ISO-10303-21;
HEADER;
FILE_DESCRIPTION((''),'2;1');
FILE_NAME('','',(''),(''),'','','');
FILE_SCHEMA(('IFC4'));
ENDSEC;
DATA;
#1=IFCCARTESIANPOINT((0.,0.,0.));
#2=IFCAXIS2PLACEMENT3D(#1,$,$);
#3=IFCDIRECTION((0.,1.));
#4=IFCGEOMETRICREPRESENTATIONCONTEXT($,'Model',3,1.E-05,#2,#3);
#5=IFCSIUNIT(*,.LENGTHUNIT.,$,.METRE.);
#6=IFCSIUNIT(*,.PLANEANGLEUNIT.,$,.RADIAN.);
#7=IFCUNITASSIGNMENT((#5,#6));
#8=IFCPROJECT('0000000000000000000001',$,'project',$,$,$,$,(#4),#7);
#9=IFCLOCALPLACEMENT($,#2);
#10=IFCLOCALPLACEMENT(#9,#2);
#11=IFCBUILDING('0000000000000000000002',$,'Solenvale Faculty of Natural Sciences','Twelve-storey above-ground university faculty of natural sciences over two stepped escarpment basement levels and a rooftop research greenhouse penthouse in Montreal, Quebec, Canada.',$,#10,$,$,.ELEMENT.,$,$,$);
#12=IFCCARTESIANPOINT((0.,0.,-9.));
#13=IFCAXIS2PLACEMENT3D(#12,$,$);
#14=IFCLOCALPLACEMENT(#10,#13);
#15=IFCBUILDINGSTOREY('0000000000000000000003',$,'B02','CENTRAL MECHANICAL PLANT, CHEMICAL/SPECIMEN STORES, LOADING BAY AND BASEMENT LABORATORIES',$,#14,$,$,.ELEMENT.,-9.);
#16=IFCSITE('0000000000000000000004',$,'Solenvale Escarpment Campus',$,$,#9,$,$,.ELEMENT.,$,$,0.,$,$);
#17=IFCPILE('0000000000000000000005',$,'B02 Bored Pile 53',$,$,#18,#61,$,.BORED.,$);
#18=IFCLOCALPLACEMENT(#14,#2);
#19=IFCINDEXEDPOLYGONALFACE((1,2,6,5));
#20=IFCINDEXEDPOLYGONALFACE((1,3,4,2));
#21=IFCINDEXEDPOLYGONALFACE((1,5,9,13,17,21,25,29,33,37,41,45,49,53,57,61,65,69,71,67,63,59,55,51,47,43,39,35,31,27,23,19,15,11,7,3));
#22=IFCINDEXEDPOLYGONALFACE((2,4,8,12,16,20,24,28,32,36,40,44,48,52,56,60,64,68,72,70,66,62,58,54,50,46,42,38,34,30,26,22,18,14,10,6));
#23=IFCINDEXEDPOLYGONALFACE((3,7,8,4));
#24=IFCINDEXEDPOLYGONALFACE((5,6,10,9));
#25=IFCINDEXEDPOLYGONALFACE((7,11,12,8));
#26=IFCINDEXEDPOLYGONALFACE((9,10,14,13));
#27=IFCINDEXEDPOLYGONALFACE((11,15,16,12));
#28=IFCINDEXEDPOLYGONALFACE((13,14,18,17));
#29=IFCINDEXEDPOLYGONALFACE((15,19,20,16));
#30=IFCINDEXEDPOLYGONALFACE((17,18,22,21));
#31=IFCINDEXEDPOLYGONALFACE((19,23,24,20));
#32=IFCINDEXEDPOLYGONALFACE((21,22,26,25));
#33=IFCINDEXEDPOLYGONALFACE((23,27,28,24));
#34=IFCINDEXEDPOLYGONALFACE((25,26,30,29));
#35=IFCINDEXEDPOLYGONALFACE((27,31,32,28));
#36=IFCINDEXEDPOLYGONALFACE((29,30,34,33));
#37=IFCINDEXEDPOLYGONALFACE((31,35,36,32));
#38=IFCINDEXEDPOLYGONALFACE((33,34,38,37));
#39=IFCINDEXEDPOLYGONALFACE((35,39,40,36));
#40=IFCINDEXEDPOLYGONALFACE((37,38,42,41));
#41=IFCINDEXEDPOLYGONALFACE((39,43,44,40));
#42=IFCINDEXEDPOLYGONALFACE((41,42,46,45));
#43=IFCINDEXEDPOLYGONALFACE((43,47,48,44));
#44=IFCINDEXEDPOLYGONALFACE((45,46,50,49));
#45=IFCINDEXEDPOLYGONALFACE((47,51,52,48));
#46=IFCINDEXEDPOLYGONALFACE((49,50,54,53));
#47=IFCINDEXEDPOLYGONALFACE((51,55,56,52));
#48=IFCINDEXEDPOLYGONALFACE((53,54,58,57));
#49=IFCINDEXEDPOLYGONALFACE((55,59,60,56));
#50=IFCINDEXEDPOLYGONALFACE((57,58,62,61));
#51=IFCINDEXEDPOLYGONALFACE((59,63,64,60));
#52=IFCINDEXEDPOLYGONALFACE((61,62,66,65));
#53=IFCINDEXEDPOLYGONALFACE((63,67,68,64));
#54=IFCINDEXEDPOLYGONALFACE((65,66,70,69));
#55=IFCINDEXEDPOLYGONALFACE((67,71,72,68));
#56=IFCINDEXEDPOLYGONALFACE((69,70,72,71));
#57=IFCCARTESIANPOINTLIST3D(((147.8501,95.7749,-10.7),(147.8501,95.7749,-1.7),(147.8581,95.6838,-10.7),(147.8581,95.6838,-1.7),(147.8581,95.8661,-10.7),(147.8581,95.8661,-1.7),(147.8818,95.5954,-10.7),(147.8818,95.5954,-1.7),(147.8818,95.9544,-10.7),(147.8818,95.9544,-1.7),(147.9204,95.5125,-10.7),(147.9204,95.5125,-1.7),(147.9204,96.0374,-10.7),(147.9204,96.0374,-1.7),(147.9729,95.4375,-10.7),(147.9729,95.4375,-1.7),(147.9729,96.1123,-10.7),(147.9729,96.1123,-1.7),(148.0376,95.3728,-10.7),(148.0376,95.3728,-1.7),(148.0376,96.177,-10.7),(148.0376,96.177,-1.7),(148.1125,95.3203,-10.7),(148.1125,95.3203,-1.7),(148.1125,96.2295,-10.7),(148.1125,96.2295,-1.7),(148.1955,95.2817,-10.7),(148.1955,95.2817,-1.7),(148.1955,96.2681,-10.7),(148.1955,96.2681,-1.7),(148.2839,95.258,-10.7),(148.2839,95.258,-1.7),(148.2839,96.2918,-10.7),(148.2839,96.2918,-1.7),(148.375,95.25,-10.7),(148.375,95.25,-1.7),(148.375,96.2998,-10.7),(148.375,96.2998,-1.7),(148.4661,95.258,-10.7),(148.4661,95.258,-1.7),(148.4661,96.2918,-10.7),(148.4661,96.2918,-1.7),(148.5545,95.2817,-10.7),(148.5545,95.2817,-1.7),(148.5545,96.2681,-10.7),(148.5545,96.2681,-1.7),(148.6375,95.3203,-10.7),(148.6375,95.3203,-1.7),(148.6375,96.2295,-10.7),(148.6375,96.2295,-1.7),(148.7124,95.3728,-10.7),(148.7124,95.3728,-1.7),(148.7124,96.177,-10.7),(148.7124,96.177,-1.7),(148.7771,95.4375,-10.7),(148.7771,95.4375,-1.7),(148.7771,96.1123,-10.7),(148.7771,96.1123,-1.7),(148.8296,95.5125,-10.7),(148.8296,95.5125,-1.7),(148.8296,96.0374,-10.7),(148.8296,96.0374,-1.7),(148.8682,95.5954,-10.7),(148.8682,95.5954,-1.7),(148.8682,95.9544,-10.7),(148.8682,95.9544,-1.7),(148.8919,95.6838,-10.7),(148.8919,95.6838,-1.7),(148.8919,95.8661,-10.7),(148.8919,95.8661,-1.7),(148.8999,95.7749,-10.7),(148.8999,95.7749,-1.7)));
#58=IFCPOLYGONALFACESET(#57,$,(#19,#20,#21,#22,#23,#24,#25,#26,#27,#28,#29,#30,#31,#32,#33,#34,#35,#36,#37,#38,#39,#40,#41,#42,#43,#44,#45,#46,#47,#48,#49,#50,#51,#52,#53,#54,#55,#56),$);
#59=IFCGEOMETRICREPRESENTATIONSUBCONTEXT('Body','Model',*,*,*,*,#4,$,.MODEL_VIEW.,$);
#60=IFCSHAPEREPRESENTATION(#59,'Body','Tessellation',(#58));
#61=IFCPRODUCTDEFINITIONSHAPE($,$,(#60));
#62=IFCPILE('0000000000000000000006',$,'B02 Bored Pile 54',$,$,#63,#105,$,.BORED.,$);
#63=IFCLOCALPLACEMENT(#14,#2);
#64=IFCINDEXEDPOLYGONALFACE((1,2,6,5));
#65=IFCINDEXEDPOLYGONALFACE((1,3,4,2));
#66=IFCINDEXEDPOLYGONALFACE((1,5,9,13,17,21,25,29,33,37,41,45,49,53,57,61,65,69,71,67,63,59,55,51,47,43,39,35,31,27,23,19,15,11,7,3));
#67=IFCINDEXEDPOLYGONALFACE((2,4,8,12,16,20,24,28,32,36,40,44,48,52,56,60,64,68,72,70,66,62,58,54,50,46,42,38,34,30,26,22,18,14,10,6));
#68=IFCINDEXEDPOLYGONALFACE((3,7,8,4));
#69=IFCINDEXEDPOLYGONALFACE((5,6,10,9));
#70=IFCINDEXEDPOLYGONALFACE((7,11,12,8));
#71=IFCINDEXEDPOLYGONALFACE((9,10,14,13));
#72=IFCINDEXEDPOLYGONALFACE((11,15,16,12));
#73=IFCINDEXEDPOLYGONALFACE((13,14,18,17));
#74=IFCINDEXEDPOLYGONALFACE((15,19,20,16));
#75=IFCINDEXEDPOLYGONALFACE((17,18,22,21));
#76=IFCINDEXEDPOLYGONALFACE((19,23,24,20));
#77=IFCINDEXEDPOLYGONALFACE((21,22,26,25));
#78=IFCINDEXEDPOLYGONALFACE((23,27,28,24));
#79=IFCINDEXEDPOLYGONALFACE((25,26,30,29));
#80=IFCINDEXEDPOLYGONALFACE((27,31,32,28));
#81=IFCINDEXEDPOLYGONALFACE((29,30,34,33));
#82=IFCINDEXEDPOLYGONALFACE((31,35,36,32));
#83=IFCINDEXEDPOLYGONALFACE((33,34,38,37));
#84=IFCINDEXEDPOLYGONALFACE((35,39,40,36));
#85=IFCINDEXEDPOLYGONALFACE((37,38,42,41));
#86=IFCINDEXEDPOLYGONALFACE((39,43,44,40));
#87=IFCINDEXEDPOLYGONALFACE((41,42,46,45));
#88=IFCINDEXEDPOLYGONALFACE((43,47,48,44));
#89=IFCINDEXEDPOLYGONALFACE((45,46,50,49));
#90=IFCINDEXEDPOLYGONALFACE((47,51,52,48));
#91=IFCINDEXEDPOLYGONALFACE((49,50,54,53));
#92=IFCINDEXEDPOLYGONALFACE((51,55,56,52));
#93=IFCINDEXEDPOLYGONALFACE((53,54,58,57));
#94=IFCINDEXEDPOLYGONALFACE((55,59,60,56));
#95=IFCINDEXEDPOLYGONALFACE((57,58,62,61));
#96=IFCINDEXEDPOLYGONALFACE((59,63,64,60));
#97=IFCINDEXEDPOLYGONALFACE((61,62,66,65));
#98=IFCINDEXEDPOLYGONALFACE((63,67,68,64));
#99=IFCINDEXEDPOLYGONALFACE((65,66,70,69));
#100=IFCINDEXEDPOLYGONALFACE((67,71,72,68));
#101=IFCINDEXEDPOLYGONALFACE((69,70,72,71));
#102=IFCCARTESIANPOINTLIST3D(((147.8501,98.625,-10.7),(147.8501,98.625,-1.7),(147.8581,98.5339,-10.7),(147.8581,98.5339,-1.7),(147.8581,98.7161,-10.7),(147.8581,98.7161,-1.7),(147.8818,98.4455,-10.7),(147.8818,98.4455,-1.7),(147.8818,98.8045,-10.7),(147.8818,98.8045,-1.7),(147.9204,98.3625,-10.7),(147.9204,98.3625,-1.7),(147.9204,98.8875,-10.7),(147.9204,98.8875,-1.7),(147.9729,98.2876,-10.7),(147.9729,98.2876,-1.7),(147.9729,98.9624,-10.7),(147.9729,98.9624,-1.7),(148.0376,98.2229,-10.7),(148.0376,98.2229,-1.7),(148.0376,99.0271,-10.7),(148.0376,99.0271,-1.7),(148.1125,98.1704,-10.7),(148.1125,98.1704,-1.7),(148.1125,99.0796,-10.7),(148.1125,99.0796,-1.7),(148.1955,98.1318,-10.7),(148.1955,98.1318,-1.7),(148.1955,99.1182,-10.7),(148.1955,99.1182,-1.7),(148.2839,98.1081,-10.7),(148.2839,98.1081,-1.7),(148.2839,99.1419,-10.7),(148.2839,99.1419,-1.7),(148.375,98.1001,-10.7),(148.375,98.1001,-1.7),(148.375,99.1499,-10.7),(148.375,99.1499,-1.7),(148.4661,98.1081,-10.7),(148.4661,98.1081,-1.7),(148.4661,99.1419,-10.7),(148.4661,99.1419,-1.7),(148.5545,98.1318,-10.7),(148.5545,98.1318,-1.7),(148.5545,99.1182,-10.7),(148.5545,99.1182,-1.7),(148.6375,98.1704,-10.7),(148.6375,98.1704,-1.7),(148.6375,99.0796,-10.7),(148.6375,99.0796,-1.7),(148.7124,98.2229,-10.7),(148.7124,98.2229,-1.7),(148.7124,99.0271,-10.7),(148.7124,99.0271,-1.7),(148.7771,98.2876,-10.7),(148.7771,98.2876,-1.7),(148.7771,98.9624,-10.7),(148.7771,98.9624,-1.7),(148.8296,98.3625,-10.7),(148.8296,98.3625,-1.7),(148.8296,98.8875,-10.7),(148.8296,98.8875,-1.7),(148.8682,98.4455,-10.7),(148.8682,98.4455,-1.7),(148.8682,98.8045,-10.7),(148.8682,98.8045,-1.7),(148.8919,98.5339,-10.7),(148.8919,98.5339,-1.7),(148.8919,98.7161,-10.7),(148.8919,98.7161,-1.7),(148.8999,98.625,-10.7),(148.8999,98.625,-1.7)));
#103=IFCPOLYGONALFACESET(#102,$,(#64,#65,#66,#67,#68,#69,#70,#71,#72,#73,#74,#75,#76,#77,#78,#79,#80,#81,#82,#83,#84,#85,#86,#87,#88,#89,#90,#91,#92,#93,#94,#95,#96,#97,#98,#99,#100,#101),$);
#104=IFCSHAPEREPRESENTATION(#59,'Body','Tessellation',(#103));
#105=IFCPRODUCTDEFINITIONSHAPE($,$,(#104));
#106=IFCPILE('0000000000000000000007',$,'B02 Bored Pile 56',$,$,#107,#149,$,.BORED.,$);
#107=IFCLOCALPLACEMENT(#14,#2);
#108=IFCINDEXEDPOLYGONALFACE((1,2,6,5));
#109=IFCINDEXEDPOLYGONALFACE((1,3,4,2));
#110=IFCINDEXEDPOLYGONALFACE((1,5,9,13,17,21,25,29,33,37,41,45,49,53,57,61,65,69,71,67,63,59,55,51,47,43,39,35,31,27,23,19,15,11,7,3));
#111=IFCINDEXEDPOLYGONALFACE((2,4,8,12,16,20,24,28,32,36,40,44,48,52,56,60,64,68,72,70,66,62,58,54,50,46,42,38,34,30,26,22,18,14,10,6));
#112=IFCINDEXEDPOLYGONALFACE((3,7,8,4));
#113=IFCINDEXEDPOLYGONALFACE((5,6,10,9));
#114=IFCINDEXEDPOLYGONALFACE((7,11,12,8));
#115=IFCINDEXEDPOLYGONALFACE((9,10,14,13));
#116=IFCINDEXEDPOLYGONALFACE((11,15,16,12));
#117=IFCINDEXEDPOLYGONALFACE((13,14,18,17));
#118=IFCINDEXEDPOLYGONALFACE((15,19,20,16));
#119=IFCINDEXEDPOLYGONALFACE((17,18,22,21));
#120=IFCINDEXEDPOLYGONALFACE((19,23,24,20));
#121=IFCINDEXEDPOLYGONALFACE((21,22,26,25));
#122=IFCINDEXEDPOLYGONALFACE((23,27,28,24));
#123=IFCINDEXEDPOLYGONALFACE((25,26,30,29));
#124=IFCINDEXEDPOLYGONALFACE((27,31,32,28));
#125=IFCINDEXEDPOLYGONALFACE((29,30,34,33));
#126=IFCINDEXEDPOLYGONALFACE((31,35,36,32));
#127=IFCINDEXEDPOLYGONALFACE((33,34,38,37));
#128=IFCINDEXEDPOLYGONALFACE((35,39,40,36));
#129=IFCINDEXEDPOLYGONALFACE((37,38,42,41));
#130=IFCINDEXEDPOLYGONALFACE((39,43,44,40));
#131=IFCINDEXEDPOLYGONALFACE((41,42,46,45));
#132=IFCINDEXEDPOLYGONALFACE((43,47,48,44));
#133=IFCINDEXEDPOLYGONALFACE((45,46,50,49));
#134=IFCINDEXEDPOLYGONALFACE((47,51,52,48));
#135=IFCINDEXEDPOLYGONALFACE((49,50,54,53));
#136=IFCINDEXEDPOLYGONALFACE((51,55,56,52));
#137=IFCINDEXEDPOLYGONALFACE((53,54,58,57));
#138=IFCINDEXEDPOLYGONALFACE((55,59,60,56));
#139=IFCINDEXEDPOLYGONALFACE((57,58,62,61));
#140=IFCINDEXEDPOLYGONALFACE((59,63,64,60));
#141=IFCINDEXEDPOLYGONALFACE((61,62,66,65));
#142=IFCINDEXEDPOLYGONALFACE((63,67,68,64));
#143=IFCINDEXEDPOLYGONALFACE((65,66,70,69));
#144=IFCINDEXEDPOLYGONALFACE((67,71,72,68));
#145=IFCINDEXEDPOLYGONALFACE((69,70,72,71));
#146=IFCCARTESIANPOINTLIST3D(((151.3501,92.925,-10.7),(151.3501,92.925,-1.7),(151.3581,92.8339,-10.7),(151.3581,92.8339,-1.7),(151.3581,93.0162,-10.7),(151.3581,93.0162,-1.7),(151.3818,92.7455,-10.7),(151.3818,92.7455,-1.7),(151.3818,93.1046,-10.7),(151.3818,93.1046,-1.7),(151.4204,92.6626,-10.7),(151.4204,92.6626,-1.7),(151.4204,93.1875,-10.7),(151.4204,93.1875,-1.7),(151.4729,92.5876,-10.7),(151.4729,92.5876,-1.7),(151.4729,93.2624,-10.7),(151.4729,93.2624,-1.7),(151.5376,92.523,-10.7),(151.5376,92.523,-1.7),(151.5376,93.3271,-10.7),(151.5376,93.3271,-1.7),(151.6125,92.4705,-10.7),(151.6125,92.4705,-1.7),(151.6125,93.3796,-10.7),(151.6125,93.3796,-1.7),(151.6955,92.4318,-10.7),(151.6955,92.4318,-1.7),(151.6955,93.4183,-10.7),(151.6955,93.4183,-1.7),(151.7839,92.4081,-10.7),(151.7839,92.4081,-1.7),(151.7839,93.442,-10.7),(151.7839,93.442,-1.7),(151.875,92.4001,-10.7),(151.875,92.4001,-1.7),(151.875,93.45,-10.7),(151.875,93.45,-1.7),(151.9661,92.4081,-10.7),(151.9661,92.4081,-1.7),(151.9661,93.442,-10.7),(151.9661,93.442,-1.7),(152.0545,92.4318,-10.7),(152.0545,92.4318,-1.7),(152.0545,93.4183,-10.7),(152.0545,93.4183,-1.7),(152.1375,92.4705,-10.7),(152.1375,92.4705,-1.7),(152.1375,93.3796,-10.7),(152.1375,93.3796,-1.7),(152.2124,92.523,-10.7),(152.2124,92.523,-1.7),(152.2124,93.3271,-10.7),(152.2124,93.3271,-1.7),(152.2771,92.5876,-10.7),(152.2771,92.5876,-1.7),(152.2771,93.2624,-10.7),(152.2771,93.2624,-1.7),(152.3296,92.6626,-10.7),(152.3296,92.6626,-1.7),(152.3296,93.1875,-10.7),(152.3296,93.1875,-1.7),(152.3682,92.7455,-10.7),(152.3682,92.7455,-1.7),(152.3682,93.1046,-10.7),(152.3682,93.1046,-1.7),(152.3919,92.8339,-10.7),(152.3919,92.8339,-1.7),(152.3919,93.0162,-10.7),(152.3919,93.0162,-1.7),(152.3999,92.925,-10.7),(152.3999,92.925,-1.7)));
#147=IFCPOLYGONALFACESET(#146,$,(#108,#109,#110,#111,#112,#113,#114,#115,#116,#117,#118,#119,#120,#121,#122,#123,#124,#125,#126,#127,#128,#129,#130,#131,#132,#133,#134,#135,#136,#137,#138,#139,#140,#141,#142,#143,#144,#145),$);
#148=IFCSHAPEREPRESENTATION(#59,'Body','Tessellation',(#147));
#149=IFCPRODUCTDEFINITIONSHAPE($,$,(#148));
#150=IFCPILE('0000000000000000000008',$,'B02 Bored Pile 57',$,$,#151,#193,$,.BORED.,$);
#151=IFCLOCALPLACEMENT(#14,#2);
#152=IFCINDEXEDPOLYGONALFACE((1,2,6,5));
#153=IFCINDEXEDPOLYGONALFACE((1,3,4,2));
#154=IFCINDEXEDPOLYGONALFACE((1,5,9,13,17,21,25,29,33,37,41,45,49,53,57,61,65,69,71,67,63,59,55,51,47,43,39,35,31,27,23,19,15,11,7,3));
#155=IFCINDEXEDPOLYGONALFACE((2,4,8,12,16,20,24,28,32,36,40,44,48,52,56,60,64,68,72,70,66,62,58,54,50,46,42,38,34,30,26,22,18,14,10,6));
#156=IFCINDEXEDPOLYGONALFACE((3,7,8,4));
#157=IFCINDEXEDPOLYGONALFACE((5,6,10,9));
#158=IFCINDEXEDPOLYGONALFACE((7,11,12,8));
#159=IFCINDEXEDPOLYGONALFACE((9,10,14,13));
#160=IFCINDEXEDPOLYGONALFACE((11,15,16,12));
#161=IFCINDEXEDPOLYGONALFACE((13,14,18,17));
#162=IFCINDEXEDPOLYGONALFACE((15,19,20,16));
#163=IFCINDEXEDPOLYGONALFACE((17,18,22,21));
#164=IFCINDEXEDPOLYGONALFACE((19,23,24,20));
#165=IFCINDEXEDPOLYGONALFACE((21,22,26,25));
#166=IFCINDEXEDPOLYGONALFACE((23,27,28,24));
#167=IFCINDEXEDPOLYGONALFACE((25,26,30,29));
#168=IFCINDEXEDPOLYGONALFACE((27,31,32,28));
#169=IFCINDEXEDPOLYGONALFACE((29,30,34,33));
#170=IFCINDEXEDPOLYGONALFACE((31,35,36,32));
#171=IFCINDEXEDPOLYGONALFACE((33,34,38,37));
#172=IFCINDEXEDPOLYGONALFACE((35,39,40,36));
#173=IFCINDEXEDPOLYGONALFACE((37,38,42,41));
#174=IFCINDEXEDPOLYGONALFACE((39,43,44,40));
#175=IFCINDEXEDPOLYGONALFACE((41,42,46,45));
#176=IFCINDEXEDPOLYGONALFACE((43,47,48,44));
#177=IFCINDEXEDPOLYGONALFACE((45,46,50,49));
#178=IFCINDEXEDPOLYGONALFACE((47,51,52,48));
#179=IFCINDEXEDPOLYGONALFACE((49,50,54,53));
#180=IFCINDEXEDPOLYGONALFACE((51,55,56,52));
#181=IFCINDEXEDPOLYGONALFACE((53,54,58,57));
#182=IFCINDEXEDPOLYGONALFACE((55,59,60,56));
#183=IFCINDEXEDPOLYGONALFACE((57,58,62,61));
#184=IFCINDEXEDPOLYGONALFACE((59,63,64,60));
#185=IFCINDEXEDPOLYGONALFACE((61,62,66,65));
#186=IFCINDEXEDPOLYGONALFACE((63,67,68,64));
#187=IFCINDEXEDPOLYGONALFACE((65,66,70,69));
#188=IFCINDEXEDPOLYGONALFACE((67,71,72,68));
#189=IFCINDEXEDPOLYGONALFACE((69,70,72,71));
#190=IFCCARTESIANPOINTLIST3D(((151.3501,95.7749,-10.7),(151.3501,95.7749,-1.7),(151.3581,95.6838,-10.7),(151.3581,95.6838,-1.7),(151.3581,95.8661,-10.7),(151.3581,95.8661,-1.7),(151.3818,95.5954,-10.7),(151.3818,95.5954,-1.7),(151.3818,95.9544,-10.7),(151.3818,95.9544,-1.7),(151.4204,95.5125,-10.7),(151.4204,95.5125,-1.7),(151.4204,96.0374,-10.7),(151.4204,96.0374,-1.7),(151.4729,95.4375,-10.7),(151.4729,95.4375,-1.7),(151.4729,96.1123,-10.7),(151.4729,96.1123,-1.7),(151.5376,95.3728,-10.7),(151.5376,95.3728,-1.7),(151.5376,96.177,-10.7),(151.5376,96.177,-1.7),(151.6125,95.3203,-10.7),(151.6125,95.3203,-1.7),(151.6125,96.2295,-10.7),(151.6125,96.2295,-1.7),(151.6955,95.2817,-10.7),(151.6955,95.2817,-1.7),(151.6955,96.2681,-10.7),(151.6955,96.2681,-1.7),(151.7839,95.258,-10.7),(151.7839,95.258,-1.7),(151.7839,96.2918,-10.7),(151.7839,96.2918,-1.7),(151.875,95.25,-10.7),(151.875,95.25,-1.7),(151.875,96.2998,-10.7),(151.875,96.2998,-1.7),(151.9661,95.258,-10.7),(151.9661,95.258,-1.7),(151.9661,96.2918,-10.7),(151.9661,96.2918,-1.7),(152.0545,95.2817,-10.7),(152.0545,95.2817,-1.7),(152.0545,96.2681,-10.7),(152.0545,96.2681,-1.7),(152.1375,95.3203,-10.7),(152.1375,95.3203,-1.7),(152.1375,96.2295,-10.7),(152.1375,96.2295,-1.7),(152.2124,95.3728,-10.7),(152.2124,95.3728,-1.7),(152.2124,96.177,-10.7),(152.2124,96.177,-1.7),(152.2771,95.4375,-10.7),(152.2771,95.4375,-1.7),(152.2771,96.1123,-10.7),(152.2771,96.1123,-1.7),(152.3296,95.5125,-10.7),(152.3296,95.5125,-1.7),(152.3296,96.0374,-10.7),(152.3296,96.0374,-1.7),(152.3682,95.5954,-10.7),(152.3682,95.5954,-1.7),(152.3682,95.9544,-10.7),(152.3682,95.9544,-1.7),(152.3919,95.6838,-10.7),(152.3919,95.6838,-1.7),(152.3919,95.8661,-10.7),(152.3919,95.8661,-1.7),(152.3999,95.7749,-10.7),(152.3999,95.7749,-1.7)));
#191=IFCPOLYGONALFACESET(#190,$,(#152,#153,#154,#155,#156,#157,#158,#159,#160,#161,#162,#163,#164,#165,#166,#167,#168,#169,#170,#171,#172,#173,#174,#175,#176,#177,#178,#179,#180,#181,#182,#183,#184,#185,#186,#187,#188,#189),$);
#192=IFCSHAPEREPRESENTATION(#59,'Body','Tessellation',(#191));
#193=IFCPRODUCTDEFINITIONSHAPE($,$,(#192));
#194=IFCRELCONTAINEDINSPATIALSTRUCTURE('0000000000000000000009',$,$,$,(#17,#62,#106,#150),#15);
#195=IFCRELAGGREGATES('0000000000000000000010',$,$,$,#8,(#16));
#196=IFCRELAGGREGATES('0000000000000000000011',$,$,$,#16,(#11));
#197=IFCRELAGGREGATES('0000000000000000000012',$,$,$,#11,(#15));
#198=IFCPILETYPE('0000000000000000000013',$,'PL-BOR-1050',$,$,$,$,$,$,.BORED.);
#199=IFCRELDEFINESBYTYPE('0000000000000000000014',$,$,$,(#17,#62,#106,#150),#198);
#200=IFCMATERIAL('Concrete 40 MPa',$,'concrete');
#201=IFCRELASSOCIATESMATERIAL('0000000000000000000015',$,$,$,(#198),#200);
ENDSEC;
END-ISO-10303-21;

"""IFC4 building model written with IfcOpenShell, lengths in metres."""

from ifc_helpers import new_model, si_unit, direction, frame, origin, origin_2d, place, context, subcontext, project, spatial, circle, extrude, material, material_profile, profile_set, type_object, element, save


model = new_model("IFC4")

# Units and contexts
model_context = context("Model", 3, precision=1e-05, world=origin(), true_north=direction((0.0, 1.0)))
body_context = subcontext(model_context, "Body", "Model", "MODEL_VIEW")
ifc_project = project(units=[si_unit("LENGTHUNIT", "METRE"), si_unit("PLANEANGLEUNIT", "RADIAN")], contexts=[model_context])

# Site, building, storey
site_placement = place(None, origin())
site = spatial("IfcSite", under=ifc_project, at=site_placement, Name="Solenvale Escarpment Campus", CompositionType="ELEMENT", RefElevation=0.0)
building_placement = place(site_placement, origin())
building = spatial("IfcBuilding", under=site, at=building_placement, Name="Solenvale Faculty of Natural Sciences", Description="Twelve-storey above-ground university faculty of natural sciences over two stepped escarpment basement levels and a rooftop research greenhouse penthouse in Montreal, Quebec, Canada.", CompositionType="ELEMENT")
storey_placement = place(building_placement, frame((0.0, 0.0, -9.0)))
storey = spatial("IfcBuildingStorey", under=building, at=storey_placement, Name="B02", Description="CENTRAL MECHANICAL PLANT, CHEMICAL/SPECIMEN STORES, LOADING BAY AND BASEMENT LABORATORIES", CompositionType="ELEMENT", Elevation=-9.0)

# Shared definitions
ifc_material_1 = material(Name="Concrete 40 MPa", Category="concrete")

# Piles
ifc_material_profile_1 = material_profile(ifc_material_1, circle(Radius=0.5249, at=origin_2d()), Name="PILE-D1050")
ifc_profile_set_1 = profile_set([ifc_material_profile_1], Name="Concrete 40 MPa")
pile_type = type_object("IfcPileType", Name="PL-BOR-1050", PredefinedType="BORED", material=ifc_profile_set_1)
for number, where, z_axis, x_axis, name in (
    (1, (148.375, 95.7749, -1.7), (0.0, 0.0, -1.0), (1.0, 0.0, 0.0), "B02 Bored Pile 53"),
    (2, (148.375, 98.625, -1.7), (0.0, 0.0, -1.0), (1.0, 0.0, 0.0), "B02 Bored Pile 54"),
    (3, (151.875, 92.925, -1.7), (0.0, 0.0, -1.0), (1.0, 0.0, 0.0), "B02 Bored Pile 56"),
    (4, (151.875, 95.7749, -1.7), (0.0, 0.0, -1.0), (1.0, 0.0, 0.0), "B02 Bored Pile 57"),
):
    element("IfcPile", number, at=place(storey_placement, frame(where, z_axis=z_axis, x_axis=x_axis)), inside=storey, type_object=pile_type, Name=name, PredefinedType="BORED", context=body_context, shape_type="SweptSolid", body=[
        extrude(circle(Radius=0.5249, at=origin_2d()), origin(), (0.0, 0.0, 1.0), 9.0),
    ])

save(model, "model.ifc")
